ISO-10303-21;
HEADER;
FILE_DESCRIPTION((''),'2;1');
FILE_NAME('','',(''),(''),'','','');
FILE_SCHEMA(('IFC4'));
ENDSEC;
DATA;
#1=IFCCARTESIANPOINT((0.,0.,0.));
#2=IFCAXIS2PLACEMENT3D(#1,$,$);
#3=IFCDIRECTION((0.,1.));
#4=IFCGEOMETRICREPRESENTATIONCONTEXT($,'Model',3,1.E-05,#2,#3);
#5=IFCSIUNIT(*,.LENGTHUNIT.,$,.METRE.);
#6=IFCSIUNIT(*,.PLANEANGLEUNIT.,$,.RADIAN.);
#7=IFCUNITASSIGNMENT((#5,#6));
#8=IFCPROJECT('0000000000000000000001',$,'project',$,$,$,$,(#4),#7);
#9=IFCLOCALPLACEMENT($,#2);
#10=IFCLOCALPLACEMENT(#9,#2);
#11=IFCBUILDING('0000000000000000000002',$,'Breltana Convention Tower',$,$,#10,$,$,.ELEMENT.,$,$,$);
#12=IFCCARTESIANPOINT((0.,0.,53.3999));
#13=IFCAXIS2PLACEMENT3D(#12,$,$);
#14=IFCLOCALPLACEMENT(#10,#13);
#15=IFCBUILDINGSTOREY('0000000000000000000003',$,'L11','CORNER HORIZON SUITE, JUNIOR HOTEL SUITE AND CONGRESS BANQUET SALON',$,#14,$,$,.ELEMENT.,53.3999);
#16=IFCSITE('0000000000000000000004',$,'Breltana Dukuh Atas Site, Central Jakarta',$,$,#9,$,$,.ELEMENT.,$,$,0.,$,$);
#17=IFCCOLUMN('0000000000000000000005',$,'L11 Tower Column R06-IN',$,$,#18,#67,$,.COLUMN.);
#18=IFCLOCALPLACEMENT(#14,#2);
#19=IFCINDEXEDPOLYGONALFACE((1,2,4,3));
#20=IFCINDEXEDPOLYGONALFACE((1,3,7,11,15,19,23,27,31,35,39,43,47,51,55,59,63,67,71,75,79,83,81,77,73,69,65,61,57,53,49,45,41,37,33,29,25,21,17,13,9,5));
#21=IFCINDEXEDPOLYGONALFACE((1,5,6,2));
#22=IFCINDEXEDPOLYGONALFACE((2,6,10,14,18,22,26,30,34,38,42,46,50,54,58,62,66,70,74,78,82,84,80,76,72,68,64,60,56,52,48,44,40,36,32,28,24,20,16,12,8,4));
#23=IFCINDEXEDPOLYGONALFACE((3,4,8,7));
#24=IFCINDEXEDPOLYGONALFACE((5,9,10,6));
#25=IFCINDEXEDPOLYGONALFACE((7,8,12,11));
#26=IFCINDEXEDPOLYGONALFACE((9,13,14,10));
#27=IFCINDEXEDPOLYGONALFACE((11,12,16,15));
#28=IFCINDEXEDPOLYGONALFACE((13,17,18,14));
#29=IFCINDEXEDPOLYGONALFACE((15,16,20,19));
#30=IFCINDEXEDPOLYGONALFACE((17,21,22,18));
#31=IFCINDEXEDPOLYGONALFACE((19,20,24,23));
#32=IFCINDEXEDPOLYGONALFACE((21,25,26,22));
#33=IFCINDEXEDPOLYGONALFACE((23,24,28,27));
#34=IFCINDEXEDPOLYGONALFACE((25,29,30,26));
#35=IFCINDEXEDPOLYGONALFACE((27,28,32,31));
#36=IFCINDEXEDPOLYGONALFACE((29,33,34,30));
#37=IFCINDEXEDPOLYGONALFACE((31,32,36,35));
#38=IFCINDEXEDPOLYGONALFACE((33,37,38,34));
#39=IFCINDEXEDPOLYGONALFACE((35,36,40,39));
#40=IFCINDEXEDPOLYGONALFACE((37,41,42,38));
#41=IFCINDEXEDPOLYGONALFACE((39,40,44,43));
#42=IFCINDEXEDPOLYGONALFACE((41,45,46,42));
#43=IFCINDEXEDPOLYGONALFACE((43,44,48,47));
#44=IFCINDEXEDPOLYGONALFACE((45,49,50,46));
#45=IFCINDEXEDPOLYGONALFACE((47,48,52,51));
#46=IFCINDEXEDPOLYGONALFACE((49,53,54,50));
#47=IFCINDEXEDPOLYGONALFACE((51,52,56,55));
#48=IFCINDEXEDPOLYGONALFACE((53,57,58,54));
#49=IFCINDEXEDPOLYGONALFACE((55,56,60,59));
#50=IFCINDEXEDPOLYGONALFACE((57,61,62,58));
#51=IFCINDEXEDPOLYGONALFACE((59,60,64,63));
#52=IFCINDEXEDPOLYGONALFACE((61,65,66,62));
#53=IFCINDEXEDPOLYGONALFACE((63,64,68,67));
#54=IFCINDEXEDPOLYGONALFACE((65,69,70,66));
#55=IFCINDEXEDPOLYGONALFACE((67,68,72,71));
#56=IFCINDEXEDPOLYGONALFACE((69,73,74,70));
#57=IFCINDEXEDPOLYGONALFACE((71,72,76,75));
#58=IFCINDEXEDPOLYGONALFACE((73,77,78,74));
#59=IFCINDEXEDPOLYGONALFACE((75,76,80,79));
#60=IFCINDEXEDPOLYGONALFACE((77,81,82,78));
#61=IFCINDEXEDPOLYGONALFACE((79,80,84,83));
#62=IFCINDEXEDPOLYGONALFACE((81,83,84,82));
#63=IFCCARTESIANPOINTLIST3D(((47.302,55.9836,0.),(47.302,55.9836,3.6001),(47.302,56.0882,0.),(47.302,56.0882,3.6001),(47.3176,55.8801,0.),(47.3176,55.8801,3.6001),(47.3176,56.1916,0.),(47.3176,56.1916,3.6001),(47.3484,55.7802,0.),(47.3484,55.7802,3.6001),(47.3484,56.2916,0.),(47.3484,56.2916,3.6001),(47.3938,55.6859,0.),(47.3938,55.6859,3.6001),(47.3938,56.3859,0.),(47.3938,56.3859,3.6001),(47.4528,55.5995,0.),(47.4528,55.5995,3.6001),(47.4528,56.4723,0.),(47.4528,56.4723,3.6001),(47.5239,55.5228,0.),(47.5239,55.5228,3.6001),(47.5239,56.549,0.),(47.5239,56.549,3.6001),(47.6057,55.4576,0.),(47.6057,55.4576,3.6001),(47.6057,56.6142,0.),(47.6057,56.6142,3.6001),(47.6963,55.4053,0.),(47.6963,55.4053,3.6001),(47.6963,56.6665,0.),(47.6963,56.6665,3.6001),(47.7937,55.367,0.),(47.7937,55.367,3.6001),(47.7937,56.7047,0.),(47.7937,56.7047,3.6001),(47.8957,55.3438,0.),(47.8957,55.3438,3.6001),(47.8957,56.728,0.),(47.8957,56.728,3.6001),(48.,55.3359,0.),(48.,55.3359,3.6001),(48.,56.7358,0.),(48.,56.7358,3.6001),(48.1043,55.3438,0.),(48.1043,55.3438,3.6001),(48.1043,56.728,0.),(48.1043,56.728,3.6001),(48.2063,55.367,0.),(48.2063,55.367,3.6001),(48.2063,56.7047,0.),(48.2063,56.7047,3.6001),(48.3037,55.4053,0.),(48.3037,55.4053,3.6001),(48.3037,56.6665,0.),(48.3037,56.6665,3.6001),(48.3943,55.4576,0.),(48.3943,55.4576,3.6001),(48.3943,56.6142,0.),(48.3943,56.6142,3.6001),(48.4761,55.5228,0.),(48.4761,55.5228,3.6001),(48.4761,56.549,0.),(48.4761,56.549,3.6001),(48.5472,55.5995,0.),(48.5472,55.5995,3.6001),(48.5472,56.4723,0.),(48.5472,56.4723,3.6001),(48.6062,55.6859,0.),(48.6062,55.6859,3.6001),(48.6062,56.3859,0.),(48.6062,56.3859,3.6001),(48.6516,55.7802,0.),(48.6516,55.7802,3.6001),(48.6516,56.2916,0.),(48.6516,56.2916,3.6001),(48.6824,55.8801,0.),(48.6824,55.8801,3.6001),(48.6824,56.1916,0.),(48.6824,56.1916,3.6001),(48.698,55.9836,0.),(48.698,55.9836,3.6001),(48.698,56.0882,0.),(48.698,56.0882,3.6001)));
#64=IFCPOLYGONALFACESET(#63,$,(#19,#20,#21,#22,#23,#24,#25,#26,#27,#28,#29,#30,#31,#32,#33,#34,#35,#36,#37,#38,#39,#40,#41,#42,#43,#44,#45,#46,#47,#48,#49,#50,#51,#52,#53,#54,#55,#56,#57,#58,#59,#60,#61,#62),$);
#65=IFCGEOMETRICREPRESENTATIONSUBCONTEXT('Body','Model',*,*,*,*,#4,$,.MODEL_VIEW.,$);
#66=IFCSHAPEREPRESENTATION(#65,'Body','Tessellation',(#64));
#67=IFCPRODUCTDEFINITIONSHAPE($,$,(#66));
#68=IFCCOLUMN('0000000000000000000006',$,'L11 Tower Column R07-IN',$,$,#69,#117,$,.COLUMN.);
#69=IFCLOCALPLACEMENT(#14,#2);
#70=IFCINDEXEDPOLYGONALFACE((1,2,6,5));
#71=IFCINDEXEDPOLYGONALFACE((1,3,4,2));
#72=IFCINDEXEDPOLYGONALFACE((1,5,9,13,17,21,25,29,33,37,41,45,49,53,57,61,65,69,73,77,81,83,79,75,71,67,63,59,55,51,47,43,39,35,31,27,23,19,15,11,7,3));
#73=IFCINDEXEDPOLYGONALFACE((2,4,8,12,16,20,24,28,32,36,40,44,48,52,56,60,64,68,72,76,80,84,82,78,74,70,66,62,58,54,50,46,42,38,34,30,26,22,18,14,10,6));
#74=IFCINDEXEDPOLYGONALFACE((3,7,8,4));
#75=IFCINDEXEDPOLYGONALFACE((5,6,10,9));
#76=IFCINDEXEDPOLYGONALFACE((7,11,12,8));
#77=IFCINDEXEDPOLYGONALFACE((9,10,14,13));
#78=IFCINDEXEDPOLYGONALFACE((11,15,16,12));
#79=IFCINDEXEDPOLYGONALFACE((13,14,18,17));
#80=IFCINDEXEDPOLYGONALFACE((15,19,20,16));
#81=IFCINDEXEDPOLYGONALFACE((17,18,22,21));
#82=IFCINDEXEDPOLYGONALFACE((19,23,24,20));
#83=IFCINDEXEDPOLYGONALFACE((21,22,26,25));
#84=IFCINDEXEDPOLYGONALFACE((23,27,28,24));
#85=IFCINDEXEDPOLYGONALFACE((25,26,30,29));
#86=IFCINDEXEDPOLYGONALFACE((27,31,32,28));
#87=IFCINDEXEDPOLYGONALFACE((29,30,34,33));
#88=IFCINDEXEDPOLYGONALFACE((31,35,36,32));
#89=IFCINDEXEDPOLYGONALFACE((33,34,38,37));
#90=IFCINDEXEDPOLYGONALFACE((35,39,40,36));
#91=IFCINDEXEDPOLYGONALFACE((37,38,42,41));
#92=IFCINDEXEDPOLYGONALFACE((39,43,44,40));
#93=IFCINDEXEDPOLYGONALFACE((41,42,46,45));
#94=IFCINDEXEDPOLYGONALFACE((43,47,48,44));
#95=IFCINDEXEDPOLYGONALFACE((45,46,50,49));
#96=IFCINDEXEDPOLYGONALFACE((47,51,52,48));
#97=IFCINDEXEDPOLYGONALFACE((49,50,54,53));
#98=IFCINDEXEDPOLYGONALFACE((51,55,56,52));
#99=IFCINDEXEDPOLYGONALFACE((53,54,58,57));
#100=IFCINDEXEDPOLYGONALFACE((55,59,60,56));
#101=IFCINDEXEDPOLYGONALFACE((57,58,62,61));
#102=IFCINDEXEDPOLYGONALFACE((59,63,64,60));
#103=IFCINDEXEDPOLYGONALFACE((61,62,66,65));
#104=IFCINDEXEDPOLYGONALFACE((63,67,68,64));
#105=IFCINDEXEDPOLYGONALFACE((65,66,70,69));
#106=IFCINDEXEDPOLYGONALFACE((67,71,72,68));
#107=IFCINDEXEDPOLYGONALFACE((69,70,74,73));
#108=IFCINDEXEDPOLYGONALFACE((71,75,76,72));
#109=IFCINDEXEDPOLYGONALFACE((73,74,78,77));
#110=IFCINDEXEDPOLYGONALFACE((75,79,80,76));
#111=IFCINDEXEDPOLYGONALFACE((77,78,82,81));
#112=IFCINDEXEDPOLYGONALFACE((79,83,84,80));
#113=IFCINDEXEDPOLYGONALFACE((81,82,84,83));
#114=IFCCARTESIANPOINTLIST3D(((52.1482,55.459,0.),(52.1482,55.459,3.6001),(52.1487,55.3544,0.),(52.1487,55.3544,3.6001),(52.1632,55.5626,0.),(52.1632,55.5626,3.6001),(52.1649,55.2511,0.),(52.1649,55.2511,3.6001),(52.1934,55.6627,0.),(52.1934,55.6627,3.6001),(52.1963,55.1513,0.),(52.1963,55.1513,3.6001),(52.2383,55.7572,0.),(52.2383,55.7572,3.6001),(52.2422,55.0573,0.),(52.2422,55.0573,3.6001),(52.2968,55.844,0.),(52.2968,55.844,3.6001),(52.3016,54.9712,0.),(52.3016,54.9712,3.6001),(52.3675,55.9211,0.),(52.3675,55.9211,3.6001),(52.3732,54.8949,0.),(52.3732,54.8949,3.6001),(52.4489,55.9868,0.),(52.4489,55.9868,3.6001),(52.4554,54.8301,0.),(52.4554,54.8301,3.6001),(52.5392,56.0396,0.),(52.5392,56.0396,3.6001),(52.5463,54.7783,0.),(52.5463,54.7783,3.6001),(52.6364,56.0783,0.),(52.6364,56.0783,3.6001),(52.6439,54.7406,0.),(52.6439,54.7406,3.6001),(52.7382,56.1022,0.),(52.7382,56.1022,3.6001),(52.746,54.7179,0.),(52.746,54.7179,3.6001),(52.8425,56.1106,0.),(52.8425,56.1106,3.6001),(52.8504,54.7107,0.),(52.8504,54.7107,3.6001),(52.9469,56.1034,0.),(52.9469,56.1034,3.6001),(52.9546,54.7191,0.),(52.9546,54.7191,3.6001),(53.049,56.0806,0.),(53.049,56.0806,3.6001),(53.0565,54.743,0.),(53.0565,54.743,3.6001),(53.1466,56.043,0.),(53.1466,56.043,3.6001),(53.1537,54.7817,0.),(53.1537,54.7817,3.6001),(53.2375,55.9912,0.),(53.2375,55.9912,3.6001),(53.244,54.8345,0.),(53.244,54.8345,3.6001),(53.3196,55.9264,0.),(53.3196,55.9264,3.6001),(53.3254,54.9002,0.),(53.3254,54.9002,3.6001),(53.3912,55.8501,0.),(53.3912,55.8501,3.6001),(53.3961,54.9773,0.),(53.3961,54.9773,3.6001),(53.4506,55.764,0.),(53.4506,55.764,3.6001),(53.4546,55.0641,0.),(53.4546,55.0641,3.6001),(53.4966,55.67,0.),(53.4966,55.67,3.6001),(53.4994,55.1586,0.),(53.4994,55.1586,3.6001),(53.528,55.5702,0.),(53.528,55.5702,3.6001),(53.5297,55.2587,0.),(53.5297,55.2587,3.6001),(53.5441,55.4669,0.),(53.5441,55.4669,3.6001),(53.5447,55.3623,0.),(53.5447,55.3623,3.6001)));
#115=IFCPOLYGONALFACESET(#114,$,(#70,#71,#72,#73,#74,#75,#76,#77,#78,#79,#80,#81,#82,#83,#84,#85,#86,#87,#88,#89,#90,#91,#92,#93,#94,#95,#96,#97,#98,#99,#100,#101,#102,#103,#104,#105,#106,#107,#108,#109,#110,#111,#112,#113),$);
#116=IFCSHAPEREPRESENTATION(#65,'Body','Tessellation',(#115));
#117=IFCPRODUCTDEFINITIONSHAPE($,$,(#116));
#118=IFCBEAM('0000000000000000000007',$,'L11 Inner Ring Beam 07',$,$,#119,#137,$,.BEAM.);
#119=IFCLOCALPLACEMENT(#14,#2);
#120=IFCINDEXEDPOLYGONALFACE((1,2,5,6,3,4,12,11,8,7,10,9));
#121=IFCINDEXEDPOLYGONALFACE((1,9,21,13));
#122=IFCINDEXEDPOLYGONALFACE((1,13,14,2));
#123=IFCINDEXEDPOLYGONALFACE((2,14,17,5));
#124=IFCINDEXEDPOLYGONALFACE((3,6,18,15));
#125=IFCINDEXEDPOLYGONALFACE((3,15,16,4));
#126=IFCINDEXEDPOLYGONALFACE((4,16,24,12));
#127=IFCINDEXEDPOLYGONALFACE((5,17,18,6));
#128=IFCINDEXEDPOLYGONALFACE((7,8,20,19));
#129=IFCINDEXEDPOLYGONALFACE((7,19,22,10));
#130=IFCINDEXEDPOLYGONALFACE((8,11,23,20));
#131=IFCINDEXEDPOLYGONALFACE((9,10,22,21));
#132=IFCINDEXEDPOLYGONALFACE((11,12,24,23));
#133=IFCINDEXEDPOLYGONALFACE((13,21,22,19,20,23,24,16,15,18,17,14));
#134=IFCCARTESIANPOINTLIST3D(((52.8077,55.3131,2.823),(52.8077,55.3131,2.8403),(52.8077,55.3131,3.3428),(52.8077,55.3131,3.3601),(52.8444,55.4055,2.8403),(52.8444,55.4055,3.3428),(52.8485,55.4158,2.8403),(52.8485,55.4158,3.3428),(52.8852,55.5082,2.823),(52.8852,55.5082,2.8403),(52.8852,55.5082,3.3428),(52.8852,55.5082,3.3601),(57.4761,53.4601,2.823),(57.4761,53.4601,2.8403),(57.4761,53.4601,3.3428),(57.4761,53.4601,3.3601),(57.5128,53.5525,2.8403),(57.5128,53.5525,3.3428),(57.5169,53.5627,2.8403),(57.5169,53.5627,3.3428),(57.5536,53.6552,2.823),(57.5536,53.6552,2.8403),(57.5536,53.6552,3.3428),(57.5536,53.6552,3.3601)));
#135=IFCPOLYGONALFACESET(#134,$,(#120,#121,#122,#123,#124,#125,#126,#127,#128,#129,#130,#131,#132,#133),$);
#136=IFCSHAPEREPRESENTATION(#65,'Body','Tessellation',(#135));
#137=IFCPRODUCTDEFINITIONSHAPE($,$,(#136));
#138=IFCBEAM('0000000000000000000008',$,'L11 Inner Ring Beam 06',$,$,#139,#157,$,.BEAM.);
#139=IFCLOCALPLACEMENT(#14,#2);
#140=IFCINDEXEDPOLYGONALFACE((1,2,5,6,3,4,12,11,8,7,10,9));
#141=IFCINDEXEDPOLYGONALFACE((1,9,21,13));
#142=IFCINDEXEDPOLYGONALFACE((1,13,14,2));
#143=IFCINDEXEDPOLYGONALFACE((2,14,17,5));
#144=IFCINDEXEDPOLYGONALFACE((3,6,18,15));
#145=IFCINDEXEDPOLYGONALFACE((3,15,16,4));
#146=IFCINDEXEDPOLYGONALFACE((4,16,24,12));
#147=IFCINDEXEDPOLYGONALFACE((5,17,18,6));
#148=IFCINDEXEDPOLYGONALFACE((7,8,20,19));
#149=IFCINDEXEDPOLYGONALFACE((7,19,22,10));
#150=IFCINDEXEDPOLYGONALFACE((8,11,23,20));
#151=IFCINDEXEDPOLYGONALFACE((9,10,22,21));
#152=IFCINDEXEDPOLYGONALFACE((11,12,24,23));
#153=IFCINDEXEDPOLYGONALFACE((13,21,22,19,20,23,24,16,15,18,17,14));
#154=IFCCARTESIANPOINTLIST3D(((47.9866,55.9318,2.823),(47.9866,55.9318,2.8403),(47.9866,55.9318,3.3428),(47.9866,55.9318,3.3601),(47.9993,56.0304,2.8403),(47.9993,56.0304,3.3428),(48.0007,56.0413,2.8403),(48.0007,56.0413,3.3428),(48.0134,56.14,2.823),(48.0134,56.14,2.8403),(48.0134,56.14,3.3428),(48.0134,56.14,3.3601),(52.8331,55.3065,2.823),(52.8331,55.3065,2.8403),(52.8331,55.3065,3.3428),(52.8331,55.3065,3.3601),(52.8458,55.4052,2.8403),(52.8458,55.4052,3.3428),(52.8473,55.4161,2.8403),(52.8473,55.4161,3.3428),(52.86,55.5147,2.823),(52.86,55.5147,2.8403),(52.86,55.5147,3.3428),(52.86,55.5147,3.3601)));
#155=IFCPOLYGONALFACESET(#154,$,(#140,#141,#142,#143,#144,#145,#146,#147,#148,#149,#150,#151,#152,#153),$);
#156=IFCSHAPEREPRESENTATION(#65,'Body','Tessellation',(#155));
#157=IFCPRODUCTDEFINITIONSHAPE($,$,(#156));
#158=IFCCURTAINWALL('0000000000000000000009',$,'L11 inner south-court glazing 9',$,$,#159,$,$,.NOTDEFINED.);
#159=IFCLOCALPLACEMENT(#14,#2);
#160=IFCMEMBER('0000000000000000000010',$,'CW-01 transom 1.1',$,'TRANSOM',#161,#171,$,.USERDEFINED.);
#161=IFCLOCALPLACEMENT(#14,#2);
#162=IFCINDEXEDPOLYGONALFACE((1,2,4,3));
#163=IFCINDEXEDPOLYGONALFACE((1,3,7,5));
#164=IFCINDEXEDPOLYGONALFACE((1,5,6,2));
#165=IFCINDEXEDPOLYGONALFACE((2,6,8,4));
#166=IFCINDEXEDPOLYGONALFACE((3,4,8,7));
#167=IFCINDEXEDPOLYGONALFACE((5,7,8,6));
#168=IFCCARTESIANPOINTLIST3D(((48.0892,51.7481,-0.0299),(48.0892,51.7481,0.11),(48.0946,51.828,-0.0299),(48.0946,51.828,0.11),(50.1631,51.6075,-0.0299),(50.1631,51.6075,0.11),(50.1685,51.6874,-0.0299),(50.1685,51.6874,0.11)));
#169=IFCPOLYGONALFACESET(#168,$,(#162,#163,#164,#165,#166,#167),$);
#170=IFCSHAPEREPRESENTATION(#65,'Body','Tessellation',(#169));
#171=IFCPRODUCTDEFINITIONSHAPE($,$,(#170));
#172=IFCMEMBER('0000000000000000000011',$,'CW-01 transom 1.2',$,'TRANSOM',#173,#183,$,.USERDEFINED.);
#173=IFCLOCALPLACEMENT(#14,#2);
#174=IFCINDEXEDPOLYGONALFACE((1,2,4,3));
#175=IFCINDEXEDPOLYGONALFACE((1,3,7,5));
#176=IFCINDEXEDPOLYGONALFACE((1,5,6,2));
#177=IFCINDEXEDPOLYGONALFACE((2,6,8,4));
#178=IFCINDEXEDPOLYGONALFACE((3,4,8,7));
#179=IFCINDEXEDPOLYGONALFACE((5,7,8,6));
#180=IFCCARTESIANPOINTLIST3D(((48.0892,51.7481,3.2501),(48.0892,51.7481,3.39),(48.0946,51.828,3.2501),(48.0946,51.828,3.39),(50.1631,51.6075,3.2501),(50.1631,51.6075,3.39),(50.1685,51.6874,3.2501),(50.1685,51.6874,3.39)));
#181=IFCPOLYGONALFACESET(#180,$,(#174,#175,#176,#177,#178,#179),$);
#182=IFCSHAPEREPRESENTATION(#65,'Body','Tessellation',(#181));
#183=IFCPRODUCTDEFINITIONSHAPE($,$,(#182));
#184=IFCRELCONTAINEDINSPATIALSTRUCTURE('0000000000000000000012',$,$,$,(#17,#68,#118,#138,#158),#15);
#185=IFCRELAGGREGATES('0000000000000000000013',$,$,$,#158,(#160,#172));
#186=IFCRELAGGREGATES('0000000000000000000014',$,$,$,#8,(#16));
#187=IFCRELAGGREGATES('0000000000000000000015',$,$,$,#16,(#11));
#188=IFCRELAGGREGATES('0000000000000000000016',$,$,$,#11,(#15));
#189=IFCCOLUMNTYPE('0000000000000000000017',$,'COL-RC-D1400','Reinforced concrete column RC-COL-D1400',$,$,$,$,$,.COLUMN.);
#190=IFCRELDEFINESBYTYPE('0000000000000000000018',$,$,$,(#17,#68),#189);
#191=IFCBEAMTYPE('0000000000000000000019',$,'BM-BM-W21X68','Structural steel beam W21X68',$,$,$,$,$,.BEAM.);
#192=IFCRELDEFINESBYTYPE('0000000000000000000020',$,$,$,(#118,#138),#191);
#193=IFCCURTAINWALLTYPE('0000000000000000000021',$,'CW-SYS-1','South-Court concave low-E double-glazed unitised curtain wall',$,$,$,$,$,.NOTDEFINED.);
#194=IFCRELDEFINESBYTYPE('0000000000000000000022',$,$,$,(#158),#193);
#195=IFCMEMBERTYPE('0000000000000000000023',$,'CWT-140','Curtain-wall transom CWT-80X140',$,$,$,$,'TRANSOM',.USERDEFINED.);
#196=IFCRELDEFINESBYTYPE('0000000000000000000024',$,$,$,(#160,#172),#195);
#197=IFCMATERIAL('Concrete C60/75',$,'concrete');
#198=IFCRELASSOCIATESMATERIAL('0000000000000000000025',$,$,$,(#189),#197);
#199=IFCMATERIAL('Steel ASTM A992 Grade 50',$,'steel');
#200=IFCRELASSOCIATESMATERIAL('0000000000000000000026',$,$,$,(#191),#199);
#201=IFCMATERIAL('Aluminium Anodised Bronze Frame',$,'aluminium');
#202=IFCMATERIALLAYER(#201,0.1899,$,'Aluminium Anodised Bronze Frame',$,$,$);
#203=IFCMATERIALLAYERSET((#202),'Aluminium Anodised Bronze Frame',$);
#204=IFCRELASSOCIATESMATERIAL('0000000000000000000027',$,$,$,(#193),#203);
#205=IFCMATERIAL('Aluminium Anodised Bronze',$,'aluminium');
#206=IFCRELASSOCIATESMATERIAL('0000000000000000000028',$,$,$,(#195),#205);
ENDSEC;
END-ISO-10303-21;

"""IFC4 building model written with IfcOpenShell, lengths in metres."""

from ifc_helpers import new_model, si_unit, direction, frame, origin, origin_2d, place, context, subcontext, project, spatial, rectangle, circle, i_section, extrude, source, transform, mapped, material, layer, layer_set, material_profile, profile_set, type_object, element, aggregate, save


model = new_model("IFC4")

# Units and contexts
model_context = context("Model", 3, precision=1e-05, world=origin(), true_north=direction((0.0, 1.0)))
body_context = subcontext(model_context, "Body", "Model", "MODEL_VIEW")
ifc_project = project(units=[si_unit("LENGTHUNIT", "METRE"), si_unit("PLANEANGLEUNIT", "RADIAN")], contexts=[model_context])

# Site, building, storey
site_placement = place(None, origin())
site = spatial("IfcSite", under=ifc_project, at=site_placement, Name="Breltana Dukuh Atas Site, Central Jakarta", CompositionType="ELEMENT", RefElevation=0.0)
building_placement = place(site_placement, origin())
building = spatial("IfcBuilding", under=site, at=building_placement, Name="Breltana Convention Tower", CompositionType="ELEMENT")
storey_placement = place(building_placement, frame((0.0, 0.0, 53.3999)))
storey = spatial("IfcBuildingStorey", under=building, at=storey_placement, Name="L11", Description="CORNER HORIZON SUITE, JUNIOR HOTEL SUITE AND CONGRESS BANQUET SALON", CompositionType="ELEMENT", Elevation=53.3999)

# Columns
ifc_material_1 = material(Name="Concrete C60/75", Category="concrete")
ifc_material_profile_1 = material_profile(ifc_material_1, circle(Radius=0.7, at=origin_2d()), Name="RC-COL-D1400")
ifc_profile_set_1 = profile_set([ifc_material_profile_1], Name="Concrete C60/75")
column_type = type_object("IfcColumnType", Name="COL-RC-D1400", Description="Reinforced concrete column RC-COL-D1400", PredefinedType="COLUMN", material=ifc_profile_set_1)
shared_shape_1 = source(origin(), body_context, "Body", "SweptSolid", [
    extrude(circle(Radius=0.7, at=origin_2d()), origin(), (0.0, 0.0, 1.0), 3.6001),
])
for number, where, z_axis, x_axis, name in (
    (1, (48.0, 56.0359, 0.0), (0.0, 0.0, 1.0), (0.0, 1.0, 0.0), "L11 Tower Column R06-IN"),
    (2, (52.8464, 55.4106, 0.0), (0.0, 0.0, 1.0), (0.143493, 0.989651, 0.0), "L11 Tower Column R07-IN"),
):
    element("IfcColumn", number, at=place(storey_placement, frame(where, z_axis=z_axis, x_axis=x_axis)), inside=storey, type_object=column_type, Name=name, PredefinedType="COLUMN", context=body_context, shape_type="MappedRepresentation", body=[
        mapped(shared_shape_1, transform((0.0, 0.0, 0.0), scale=1.0)),
    ])

# Beams
ifc_material_2 = material(Name="Steel ASTM A992 Grade 50", Category="steel")
ifc_material_profile_2 = material_profile(ifc_material_2, i_section(OverallWidth=0.21, OverallDepth=0.5371, WebThickness=0.011, FlangeThickness=0.0173, at=origin_2d()), Name="W21X68")
ifc_profile_set_2 = profile_set([ifc_material_profile_2], Name="Steel ASTM A992 Grade 50")
beam_type = type_object("IfcBeamType", Name="BM-BM-W21X68", Description="Structural steel beam W21X68", PredefinedType="BEAM", material=ifc_profile_set_2)
shared_shape_2 = source(origin(), body_context, "Body", "SweptSolid", [
    extrude(i_section(OverallWidth=0.21, OverallDepth=0.5371, WebThickness=0.011, FlangeThickness=0.0173, at=origin_2d()), origin(), (0.0, 0.0, 1.0), 5.0227),
])
beam_1_placement = place(storey_placement, frame((52.8464, 55.4106, 3.0916), z_axis=(0.929459, -0.368926, 0.0), x_axis=(0.368926, 0.929459, 0.0)))
element("IfcBeam", 3, at=beam_1_placement, inside=storey, type_object=beam_type, Name="L11 Inner Ring Beam 07", PredefinedType="BEAM", context=body_context, shape_type="MappedRepresentation", body=[
    mapped(shared_shape_2, transform((0.0, 0.0, 0.0), scale=1.0)),
])
shared_shape_3 = source(origin(), body_context, "Body", "SweptSolid", [
    extrude(i_section(OverallWidth=0.21, OverallDepth=0.5371, WebThickness=0.011, FlangeThickness=0.0173, at=origin_2d()), origin(), (0.0, 0.0, 1.0), 4.8867),
])
beam_2_placement = place(storey_placement, frame((48.0, 56.0359, 3.0916), z_axis=(0.991781, -0.127951, 0.0), x_axis=(0.127951, 0.991781, 0.0)))
element("IfcBeam", 4, at=beam_2_placement, inside=storey, type_object=beam_type, Name="L11 Inner Ring Beam 06", PredefinedType="BEAM", context=body_context, shape_type="MappedRepresentation", body=[
    mapped(shared_shape_3, transform((0.0, 0.0, 0.0), scale=1.0)),
])

# Curtain wall, members
ifc_material_3 = material(Name="Aluminium Anodised Bronze Frame", Category="aluminium")
ifc_layer_1 = layer(ifc_material_3, 0.1899, Name="Aluminium Anodised Bronze Frame")
ifc_layer_set_1 = layer_set([ifc_layer_1], Name="Aluminium Anodised Bronze Frame")
curtain_wall_type = type_object("IfcCurtainWallType", Name="CW-SYS-1", Description="South-Court concave low-E double-glazed unitised curtain wall", PredefinedType="NOTDEFINED", material=ifc_layer_set_1)
curtain_wall_1_placement = place(storey_placement, origin())
curtain_wall_1 = element("IfcCurtainWall", 5, at=curtain_wall_1_placement, inside=storey, type_object=curtain_wall_type, Name="L11 inner south-court glazing 9", PredefinedType="NOTDEFINED")
ifc_material_4 = material(Name="Aluminium Anodised Bronze", Category="aluminium")
ifc_material_profile_3 = material_profile(ifc_material_4, rectangle(XDim=0.0801, YDim=0.1399, at=origin_2d()), Name="CWT-80X140")
ifc_profile_set_3 = profile_set([ifc_material_profile_3], Name="Aluminium Anodised Bronze")
member_type_1 = type_object("IfcMemberType", Name="CWT-140", Description="Curtain-wall transom CWT-80X140", ElementType="TRANSOM", PredefinedType="USERDEFINED", material=ifc_profile_set_3)
shared_shape_4 = source(origin(), body_context, "Body", "SweptSolid", [
    extrude(rectangle(XDim=0.0801, YDim=0.1399, at=origin_2d()), origin(), (0.0, 0.0, 1.0), 2.0786),
])
member_1_placement = place(storey_placement, frame((50.1658, 51.6475, 0.04), z_axis=(-0.997709, 0.067657, 0.0), x_axis=(-0.067657, -0.997709, 0.0)))
member_1 = element("IfcMember", 6, at=member_1_placement, type_object=member_type_1, Name="CW-01 transom 1.1", ObjectType="TRANSOM", PredefinedType="USERDEFINED", context=body_context, shape_type="MappedRepresentation", body=[
    mapped(shared_shape_4, transform((0.0, 0.0, 0.0), scale=1.0)),
])
member_2_placement = place(storey_placement, frame((50.1658, 51.6475, 3.3201), z_axis=(-0.997709, 0.067657, 0.0), x_axis=(-0.067657, -0.997709, 0.0)))
member_2 = element("IfcMember", 7, at=member_2_placement, type_object=member_type_1, Name="CW-01 transom 1.2", ObjectType="TRANSOM", PredefinedType="USERDEFINED", context=body_context, shape_type="MappedRepresentation", body=[
    mapped(shared_shape_4, transform((0.0, 0.0, 0.0), scale=1.0)),
])

aggregate(curtain_wall_1, [member_1, member_2])

save(model, "model.ifc")
